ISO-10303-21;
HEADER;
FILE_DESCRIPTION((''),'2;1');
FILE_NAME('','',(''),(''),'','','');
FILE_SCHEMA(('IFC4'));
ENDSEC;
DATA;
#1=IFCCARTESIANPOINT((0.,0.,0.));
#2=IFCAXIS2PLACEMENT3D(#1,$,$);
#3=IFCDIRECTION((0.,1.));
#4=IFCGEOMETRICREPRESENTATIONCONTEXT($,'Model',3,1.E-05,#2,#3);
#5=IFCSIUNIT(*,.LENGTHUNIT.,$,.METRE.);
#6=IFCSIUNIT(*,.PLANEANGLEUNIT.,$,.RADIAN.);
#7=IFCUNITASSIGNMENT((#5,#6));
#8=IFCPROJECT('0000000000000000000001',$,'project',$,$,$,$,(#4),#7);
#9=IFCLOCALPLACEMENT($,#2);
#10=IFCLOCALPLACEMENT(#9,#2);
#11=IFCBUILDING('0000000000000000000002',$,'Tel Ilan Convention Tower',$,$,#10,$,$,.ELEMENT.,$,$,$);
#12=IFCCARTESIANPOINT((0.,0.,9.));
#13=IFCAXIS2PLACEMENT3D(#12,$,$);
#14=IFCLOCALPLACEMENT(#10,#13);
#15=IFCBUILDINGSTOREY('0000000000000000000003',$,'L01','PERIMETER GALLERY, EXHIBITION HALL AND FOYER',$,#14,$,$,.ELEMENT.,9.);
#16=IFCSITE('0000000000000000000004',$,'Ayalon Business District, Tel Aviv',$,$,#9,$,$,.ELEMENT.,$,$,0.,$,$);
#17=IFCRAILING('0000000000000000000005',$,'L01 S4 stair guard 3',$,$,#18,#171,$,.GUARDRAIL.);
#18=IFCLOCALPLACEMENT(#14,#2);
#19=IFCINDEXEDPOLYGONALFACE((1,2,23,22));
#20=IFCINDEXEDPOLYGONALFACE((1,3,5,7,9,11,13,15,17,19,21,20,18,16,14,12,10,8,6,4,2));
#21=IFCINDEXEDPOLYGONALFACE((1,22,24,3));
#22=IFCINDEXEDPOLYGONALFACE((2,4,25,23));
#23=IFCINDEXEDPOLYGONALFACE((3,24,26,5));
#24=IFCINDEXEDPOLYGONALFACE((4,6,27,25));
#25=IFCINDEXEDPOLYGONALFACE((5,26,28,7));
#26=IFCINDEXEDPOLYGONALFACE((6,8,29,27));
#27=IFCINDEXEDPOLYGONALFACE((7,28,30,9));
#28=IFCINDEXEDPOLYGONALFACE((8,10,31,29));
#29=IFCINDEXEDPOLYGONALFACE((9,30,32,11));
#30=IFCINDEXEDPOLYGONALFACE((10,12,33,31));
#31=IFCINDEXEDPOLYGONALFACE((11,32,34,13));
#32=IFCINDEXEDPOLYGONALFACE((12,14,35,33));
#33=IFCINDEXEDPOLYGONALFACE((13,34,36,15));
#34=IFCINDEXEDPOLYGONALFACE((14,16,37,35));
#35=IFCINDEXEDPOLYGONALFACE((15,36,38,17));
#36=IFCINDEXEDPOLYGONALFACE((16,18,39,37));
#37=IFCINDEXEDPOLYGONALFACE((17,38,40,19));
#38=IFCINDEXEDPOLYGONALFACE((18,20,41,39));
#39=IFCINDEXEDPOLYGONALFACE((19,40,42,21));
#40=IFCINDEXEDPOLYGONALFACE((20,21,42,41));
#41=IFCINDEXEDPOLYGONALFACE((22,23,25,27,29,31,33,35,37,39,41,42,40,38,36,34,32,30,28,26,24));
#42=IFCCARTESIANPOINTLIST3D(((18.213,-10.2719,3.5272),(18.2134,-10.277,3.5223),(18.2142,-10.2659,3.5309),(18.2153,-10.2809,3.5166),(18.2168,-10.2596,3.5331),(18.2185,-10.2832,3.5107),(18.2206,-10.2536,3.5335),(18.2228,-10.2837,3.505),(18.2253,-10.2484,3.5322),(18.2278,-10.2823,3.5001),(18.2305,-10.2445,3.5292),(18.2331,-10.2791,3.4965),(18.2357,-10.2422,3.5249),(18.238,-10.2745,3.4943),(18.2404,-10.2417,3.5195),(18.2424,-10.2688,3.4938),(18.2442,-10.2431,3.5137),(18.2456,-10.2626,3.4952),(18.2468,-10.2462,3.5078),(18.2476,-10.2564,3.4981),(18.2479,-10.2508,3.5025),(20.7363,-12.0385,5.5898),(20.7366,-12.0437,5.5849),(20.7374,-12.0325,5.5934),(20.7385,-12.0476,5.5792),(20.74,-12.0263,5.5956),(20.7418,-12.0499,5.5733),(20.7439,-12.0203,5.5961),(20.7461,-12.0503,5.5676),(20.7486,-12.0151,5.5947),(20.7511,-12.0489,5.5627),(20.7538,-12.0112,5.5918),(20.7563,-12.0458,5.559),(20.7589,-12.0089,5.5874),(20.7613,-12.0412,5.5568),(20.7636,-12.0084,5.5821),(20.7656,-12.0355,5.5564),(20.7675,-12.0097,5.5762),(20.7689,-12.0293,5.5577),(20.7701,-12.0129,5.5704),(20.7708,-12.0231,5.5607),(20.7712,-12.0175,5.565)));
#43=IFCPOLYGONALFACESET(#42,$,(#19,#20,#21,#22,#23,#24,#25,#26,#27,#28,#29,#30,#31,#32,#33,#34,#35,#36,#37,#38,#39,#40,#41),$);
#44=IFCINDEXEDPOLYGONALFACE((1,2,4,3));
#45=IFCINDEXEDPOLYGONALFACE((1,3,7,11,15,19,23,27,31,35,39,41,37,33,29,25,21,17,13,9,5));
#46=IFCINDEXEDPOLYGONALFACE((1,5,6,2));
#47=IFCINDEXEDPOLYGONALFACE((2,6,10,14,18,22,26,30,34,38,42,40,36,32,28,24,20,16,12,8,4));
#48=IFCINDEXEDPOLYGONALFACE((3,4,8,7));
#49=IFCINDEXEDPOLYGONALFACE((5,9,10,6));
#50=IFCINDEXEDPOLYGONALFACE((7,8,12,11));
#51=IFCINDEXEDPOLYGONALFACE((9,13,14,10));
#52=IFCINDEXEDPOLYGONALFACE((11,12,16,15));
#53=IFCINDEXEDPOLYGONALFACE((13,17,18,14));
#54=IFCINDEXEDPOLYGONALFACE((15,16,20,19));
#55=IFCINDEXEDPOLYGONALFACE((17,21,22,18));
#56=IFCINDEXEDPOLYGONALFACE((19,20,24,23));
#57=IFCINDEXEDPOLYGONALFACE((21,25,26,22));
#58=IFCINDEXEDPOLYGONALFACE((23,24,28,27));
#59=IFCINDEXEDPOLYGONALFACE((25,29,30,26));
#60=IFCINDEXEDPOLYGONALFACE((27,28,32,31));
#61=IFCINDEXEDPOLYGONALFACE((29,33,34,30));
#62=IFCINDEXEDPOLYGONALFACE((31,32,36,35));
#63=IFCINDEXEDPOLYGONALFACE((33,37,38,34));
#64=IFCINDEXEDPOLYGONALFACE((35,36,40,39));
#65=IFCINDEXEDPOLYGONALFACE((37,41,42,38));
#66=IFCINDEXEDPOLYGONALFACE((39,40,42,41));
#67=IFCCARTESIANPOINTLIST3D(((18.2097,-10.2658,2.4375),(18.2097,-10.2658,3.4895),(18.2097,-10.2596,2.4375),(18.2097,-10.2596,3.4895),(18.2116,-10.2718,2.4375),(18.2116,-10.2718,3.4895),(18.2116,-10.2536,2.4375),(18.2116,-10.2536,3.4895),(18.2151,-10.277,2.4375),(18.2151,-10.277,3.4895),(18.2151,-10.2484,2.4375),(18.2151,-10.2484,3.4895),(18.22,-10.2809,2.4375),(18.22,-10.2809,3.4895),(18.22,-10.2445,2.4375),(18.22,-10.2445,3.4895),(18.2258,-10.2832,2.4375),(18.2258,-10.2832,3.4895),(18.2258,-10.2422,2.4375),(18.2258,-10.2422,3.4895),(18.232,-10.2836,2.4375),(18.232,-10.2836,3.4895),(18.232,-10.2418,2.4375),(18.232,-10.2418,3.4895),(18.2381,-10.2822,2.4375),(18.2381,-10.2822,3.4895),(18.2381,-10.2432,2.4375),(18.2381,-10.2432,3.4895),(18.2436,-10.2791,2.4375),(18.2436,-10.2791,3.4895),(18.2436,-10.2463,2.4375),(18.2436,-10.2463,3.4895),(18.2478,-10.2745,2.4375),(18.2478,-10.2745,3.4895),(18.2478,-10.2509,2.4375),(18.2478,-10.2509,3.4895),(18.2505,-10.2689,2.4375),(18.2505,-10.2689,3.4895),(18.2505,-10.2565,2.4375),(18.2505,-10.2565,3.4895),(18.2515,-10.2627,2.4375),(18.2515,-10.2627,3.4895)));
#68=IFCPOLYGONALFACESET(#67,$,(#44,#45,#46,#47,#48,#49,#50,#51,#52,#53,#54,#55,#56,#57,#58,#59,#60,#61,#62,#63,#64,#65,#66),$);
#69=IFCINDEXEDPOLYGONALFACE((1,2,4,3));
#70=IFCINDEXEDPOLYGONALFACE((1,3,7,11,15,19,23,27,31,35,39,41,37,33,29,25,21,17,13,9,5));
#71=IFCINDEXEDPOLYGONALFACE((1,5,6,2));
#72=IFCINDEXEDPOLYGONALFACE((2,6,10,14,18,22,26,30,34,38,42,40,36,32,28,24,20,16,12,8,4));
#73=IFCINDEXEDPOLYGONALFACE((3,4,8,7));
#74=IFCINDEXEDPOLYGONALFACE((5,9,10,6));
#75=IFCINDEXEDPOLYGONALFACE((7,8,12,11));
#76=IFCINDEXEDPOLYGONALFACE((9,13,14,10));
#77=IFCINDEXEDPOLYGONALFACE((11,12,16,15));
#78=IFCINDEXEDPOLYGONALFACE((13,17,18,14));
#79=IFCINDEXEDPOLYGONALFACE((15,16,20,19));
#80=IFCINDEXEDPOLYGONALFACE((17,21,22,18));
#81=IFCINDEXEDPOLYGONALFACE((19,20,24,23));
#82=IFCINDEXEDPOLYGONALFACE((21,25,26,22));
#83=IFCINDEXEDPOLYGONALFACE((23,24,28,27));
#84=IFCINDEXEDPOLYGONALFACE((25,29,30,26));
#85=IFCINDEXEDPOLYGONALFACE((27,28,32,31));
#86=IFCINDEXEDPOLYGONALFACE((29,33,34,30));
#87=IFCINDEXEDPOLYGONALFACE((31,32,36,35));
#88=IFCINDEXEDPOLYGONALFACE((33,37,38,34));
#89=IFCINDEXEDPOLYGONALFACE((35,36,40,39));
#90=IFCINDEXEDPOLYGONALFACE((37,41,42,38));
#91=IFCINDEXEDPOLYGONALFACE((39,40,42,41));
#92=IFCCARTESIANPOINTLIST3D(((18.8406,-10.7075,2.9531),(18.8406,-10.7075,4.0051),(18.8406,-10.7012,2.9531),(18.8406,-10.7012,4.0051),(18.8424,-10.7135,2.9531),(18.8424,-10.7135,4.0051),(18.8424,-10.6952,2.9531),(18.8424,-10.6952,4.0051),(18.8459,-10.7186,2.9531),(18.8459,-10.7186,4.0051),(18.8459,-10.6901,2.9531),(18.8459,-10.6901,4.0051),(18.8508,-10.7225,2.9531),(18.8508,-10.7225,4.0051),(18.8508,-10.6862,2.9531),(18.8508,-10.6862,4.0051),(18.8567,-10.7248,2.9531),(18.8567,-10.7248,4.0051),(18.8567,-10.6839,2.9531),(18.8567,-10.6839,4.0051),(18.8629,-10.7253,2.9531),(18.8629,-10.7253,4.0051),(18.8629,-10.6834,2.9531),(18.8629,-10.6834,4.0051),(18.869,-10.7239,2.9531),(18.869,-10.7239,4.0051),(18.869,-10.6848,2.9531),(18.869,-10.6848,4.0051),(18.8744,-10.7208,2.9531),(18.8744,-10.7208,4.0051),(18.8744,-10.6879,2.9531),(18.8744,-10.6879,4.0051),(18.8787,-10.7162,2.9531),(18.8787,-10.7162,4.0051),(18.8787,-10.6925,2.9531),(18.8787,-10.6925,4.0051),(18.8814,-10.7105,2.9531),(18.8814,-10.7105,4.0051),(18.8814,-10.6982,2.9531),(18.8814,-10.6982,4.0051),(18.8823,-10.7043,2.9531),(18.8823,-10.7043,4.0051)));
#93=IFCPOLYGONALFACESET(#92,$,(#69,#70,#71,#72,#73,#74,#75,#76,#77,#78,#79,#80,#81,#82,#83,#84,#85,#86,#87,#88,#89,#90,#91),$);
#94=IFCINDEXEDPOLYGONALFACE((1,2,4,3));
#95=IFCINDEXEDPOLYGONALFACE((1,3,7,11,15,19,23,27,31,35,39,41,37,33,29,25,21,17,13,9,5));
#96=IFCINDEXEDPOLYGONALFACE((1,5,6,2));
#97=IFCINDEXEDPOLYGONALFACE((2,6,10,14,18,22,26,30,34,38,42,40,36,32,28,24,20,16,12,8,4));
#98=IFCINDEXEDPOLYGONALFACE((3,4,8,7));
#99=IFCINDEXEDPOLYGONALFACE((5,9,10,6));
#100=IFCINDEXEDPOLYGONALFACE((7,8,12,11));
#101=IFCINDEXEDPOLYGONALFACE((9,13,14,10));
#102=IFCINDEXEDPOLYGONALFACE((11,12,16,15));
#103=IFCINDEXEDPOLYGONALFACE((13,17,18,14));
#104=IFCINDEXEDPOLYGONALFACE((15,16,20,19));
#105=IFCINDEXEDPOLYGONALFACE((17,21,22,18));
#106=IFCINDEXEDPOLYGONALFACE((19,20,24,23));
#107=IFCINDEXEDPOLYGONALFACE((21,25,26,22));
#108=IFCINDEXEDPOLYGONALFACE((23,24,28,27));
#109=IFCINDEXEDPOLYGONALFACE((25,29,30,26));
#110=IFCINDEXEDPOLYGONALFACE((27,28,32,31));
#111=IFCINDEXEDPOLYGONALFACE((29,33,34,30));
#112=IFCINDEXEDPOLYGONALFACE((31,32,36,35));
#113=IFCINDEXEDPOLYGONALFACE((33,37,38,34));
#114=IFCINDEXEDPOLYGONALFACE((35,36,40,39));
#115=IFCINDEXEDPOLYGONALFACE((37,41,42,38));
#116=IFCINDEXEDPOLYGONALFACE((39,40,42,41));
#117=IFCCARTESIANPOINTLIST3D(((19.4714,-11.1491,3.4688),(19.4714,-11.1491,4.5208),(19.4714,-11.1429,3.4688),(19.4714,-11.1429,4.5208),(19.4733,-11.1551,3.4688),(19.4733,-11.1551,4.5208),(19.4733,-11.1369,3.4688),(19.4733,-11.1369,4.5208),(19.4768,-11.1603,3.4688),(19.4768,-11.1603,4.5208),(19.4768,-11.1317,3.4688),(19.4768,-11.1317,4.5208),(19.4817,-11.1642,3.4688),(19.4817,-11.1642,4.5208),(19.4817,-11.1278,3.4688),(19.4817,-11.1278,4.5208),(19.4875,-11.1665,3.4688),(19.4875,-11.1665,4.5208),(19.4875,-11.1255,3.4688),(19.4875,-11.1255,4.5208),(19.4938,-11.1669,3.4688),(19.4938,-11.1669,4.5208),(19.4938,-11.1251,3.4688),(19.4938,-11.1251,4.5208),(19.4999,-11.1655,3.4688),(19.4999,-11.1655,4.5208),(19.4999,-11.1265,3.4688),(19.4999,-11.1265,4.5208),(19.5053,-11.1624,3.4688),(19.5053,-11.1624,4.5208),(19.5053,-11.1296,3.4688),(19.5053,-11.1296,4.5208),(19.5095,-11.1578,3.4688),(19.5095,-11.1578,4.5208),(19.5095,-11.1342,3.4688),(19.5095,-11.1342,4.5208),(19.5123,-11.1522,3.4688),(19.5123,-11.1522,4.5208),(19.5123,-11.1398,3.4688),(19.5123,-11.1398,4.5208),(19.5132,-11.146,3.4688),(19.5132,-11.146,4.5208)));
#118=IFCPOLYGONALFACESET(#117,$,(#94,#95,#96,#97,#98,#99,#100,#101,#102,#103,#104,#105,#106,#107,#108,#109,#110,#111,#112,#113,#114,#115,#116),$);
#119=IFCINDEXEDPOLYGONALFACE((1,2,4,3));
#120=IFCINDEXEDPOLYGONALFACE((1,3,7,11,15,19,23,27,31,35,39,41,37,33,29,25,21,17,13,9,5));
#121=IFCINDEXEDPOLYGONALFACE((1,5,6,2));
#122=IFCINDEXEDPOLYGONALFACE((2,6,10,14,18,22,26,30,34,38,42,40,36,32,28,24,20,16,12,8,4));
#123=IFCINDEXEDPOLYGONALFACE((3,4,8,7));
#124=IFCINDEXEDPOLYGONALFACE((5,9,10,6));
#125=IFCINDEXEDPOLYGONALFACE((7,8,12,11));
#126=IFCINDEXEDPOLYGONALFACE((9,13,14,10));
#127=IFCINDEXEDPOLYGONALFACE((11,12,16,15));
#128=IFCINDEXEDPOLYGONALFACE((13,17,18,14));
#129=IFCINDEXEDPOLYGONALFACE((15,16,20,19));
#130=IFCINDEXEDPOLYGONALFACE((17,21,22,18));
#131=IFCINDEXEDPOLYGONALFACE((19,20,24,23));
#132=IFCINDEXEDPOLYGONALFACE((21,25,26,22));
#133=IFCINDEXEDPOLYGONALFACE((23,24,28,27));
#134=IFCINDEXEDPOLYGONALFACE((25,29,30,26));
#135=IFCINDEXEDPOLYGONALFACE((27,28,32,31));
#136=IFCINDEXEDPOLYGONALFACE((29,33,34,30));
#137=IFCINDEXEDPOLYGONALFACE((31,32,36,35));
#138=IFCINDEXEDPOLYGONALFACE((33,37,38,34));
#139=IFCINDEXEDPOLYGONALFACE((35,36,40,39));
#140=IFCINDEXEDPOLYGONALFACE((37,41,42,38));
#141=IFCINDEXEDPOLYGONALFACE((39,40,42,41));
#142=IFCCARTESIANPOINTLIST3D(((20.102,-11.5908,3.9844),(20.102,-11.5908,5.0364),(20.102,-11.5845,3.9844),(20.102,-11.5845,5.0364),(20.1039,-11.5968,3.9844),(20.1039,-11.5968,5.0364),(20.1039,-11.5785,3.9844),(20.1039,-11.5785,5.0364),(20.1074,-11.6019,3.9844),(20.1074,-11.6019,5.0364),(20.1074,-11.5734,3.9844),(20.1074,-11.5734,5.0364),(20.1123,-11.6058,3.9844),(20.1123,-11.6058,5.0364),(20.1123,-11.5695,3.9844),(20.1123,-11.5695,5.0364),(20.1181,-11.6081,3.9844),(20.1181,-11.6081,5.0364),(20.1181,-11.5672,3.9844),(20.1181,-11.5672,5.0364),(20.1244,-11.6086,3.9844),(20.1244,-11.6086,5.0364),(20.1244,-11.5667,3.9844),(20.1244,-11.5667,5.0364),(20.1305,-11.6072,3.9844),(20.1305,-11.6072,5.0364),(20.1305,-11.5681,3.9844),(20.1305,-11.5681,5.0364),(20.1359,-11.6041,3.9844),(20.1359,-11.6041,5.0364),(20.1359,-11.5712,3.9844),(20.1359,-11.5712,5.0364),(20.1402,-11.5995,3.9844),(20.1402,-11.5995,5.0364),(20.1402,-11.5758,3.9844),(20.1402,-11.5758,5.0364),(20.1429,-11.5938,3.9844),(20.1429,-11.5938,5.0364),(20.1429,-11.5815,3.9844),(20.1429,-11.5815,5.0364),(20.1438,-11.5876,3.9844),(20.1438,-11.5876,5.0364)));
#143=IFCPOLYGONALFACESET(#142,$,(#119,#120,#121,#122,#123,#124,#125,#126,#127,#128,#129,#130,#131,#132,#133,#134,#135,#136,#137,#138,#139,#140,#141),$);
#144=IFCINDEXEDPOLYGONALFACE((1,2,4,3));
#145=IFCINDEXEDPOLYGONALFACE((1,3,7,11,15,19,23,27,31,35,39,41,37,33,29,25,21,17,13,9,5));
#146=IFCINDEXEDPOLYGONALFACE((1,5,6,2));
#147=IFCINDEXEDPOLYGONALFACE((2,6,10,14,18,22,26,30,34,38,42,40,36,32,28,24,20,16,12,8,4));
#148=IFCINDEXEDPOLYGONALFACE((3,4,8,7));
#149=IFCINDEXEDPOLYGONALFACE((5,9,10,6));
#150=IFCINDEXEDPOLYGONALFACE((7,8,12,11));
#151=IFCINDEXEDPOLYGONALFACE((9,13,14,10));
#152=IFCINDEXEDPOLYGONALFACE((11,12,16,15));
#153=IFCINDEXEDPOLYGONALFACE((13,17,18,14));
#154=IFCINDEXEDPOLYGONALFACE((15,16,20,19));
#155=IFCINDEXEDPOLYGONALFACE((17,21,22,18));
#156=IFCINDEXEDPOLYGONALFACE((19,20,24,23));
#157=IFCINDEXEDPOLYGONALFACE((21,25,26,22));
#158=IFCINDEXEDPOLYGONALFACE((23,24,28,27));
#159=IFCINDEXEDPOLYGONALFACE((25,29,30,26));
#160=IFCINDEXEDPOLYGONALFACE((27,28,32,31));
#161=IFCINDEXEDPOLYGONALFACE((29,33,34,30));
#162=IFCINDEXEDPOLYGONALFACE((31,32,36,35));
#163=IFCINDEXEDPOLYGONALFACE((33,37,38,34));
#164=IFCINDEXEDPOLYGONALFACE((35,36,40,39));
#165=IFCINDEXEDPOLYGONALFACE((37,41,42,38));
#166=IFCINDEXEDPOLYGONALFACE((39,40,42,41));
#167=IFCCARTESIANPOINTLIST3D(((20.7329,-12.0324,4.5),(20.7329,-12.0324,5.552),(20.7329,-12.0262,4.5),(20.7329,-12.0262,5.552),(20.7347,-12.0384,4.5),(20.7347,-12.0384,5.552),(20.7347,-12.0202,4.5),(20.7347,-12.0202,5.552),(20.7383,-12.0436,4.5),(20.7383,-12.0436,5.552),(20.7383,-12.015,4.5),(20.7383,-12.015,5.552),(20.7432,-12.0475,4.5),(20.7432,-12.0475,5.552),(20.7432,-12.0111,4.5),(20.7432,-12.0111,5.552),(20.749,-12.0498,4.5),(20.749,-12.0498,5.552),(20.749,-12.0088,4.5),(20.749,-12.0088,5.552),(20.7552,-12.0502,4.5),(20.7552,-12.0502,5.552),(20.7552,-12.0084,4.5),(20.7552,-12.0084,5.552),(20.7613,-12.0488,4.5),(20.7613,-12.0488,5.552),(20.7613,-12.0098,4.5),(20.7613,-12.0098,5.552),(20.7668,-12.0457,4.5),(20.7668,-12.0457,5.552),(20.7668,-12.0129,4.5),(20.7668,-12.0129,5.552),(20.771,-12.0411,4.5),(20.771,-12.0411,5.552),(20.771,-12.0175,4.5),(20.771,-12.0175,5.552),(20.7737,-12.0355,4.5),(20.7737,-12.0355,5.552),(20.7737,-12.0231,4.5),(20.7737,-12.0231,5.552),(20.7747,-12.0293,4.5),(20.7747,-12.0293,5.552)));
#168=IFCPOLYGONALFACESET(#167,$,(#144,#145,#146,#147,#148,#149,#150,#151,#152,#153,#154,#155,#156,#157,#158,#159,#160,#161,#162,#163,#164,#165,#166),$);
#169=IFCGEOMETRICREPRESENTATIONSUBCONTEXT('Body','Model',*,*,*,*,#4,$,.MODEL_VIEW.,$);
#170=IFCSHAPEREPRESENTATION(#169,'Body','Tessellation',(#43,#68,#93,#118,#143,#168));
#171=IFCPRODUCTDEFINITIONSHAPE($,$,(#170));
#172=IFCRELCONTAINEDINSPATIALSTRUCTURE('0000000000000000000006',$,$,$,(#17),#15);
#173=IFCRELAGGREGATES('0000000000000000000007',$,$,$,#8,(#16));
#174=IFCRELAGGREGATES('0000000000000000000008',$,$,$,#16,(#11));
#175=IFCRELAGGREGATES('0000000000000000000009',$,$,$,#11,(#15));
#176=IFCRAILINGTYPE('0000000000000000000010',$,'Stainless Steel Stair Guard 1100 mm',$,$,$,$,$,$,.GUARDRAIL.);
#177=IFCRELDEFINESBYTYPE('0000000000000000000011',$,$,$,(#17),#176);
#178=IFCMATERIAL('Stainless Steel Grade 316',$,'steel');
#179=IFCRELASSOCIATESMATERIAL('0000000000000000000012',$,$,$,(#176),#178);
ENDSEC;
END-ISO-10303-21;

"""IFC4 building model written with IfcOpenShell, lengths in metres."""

from ifc_helpers import new_model, si_unit, direction, frame, origin, origin_2d, place, context, subcontext, project, spatial, circle, extrude, material, type_object, element, save


model = new_model("IFC4")

# Units and contexts
model_context = context("Model", 3, precision=1e-05, world=origin(), true_north=direction((0.0, 1.0)))
body_context = subcontext(model_context, "Body", "Model", "MODEL_VIEW")
ifc_project = project(units=[si_unit("LENGTHUNIT", "METRE"), si_unit("PLANEANGLEUNIT", "RADIAN")], contexts=[model_context])

# Site, building, storey
site_placement = place(None, origin())
site = spatial("IfcSite", under=ifc_project, at=site_placement, Name="Ayalon Business District, Tel Aviv", CompositionType="ELEMENT", RefElevation=0.0)
building_placement = place(site_placement, origin())
building = spatial("IfcBuilding", under=site, at=building_placement, Name="Tel Ilan Convention Tower", CompositionType="ELEMENT")
storey_placement = place(building_placement, frame((0.0, 0.0, 9.0)))
storey = spatial("IfcBuildingStorey", under=building, at=storey_placement, Name="L01", Description="PERIMETER GALLERY, EXHIBITION HALL AND FOYER", CompositionType="ELEMENT", Elevation=9.0)

# Railing
ifc_material_1 = material(Name="Stainless Steel Grade 316", Category="steel")
railing_type_1 = type_object("IfcRailingType", Name="Stainless Steel Stair Guard 1100 mm", PredefinedType="GUARDRAIL", material=ifc_material_1)
railing_1_placement = place(storey_placement, frame((18.2305, -10.2627, 2.4375)))
element("IfcRailing", 1, at=railing_1_placement, inside=storey, type_object=railing_type_1, Name="L01 S4 stair guard 3", PredefinedType="GUARDRAIL", context=body_context, shape_type="SweptSolid", body=[
    extrude(circle(Radius=0.0239, at=origin_2d()), frame((0.0, 0.0, 1.0762), z_axis=(0.68067, -0.476568, 0.556391), x_axis=(0.573542, 0.819176, 0.0)), (0.0, 0.0, 1.0), 3.707),
    extrude(circle(Radius=0.021, at=origin_2d()), origin(), (0.0, 0.0, 1.0), 1.052),
    extrude(circle(Radius=0.021, at=origin_2d()), frame((0.6309, -0.4417, 0.5156)), (0.0, 0.0, 1.0), 1.052),
    extrude(circle(Radius=0.021, at=origin_2d()), frame((1.2617, -0.8833, 1.0312)), (0.0, 0.0, 1.0), 1.052),
    extrude(circle(Radius=0.021, at=origin_2d()), frame((1.8923, -1.325, 1.5469)), (0.0, 0.0, 1.0), 1.052),
    extrude(circle(Radius=0.021, at=origin_2d()), frame((2.5232, -1.7666, 2.0625)), (0.0, 0.0, 1.0), 1.052),
])

save(model, "model.ifc")
